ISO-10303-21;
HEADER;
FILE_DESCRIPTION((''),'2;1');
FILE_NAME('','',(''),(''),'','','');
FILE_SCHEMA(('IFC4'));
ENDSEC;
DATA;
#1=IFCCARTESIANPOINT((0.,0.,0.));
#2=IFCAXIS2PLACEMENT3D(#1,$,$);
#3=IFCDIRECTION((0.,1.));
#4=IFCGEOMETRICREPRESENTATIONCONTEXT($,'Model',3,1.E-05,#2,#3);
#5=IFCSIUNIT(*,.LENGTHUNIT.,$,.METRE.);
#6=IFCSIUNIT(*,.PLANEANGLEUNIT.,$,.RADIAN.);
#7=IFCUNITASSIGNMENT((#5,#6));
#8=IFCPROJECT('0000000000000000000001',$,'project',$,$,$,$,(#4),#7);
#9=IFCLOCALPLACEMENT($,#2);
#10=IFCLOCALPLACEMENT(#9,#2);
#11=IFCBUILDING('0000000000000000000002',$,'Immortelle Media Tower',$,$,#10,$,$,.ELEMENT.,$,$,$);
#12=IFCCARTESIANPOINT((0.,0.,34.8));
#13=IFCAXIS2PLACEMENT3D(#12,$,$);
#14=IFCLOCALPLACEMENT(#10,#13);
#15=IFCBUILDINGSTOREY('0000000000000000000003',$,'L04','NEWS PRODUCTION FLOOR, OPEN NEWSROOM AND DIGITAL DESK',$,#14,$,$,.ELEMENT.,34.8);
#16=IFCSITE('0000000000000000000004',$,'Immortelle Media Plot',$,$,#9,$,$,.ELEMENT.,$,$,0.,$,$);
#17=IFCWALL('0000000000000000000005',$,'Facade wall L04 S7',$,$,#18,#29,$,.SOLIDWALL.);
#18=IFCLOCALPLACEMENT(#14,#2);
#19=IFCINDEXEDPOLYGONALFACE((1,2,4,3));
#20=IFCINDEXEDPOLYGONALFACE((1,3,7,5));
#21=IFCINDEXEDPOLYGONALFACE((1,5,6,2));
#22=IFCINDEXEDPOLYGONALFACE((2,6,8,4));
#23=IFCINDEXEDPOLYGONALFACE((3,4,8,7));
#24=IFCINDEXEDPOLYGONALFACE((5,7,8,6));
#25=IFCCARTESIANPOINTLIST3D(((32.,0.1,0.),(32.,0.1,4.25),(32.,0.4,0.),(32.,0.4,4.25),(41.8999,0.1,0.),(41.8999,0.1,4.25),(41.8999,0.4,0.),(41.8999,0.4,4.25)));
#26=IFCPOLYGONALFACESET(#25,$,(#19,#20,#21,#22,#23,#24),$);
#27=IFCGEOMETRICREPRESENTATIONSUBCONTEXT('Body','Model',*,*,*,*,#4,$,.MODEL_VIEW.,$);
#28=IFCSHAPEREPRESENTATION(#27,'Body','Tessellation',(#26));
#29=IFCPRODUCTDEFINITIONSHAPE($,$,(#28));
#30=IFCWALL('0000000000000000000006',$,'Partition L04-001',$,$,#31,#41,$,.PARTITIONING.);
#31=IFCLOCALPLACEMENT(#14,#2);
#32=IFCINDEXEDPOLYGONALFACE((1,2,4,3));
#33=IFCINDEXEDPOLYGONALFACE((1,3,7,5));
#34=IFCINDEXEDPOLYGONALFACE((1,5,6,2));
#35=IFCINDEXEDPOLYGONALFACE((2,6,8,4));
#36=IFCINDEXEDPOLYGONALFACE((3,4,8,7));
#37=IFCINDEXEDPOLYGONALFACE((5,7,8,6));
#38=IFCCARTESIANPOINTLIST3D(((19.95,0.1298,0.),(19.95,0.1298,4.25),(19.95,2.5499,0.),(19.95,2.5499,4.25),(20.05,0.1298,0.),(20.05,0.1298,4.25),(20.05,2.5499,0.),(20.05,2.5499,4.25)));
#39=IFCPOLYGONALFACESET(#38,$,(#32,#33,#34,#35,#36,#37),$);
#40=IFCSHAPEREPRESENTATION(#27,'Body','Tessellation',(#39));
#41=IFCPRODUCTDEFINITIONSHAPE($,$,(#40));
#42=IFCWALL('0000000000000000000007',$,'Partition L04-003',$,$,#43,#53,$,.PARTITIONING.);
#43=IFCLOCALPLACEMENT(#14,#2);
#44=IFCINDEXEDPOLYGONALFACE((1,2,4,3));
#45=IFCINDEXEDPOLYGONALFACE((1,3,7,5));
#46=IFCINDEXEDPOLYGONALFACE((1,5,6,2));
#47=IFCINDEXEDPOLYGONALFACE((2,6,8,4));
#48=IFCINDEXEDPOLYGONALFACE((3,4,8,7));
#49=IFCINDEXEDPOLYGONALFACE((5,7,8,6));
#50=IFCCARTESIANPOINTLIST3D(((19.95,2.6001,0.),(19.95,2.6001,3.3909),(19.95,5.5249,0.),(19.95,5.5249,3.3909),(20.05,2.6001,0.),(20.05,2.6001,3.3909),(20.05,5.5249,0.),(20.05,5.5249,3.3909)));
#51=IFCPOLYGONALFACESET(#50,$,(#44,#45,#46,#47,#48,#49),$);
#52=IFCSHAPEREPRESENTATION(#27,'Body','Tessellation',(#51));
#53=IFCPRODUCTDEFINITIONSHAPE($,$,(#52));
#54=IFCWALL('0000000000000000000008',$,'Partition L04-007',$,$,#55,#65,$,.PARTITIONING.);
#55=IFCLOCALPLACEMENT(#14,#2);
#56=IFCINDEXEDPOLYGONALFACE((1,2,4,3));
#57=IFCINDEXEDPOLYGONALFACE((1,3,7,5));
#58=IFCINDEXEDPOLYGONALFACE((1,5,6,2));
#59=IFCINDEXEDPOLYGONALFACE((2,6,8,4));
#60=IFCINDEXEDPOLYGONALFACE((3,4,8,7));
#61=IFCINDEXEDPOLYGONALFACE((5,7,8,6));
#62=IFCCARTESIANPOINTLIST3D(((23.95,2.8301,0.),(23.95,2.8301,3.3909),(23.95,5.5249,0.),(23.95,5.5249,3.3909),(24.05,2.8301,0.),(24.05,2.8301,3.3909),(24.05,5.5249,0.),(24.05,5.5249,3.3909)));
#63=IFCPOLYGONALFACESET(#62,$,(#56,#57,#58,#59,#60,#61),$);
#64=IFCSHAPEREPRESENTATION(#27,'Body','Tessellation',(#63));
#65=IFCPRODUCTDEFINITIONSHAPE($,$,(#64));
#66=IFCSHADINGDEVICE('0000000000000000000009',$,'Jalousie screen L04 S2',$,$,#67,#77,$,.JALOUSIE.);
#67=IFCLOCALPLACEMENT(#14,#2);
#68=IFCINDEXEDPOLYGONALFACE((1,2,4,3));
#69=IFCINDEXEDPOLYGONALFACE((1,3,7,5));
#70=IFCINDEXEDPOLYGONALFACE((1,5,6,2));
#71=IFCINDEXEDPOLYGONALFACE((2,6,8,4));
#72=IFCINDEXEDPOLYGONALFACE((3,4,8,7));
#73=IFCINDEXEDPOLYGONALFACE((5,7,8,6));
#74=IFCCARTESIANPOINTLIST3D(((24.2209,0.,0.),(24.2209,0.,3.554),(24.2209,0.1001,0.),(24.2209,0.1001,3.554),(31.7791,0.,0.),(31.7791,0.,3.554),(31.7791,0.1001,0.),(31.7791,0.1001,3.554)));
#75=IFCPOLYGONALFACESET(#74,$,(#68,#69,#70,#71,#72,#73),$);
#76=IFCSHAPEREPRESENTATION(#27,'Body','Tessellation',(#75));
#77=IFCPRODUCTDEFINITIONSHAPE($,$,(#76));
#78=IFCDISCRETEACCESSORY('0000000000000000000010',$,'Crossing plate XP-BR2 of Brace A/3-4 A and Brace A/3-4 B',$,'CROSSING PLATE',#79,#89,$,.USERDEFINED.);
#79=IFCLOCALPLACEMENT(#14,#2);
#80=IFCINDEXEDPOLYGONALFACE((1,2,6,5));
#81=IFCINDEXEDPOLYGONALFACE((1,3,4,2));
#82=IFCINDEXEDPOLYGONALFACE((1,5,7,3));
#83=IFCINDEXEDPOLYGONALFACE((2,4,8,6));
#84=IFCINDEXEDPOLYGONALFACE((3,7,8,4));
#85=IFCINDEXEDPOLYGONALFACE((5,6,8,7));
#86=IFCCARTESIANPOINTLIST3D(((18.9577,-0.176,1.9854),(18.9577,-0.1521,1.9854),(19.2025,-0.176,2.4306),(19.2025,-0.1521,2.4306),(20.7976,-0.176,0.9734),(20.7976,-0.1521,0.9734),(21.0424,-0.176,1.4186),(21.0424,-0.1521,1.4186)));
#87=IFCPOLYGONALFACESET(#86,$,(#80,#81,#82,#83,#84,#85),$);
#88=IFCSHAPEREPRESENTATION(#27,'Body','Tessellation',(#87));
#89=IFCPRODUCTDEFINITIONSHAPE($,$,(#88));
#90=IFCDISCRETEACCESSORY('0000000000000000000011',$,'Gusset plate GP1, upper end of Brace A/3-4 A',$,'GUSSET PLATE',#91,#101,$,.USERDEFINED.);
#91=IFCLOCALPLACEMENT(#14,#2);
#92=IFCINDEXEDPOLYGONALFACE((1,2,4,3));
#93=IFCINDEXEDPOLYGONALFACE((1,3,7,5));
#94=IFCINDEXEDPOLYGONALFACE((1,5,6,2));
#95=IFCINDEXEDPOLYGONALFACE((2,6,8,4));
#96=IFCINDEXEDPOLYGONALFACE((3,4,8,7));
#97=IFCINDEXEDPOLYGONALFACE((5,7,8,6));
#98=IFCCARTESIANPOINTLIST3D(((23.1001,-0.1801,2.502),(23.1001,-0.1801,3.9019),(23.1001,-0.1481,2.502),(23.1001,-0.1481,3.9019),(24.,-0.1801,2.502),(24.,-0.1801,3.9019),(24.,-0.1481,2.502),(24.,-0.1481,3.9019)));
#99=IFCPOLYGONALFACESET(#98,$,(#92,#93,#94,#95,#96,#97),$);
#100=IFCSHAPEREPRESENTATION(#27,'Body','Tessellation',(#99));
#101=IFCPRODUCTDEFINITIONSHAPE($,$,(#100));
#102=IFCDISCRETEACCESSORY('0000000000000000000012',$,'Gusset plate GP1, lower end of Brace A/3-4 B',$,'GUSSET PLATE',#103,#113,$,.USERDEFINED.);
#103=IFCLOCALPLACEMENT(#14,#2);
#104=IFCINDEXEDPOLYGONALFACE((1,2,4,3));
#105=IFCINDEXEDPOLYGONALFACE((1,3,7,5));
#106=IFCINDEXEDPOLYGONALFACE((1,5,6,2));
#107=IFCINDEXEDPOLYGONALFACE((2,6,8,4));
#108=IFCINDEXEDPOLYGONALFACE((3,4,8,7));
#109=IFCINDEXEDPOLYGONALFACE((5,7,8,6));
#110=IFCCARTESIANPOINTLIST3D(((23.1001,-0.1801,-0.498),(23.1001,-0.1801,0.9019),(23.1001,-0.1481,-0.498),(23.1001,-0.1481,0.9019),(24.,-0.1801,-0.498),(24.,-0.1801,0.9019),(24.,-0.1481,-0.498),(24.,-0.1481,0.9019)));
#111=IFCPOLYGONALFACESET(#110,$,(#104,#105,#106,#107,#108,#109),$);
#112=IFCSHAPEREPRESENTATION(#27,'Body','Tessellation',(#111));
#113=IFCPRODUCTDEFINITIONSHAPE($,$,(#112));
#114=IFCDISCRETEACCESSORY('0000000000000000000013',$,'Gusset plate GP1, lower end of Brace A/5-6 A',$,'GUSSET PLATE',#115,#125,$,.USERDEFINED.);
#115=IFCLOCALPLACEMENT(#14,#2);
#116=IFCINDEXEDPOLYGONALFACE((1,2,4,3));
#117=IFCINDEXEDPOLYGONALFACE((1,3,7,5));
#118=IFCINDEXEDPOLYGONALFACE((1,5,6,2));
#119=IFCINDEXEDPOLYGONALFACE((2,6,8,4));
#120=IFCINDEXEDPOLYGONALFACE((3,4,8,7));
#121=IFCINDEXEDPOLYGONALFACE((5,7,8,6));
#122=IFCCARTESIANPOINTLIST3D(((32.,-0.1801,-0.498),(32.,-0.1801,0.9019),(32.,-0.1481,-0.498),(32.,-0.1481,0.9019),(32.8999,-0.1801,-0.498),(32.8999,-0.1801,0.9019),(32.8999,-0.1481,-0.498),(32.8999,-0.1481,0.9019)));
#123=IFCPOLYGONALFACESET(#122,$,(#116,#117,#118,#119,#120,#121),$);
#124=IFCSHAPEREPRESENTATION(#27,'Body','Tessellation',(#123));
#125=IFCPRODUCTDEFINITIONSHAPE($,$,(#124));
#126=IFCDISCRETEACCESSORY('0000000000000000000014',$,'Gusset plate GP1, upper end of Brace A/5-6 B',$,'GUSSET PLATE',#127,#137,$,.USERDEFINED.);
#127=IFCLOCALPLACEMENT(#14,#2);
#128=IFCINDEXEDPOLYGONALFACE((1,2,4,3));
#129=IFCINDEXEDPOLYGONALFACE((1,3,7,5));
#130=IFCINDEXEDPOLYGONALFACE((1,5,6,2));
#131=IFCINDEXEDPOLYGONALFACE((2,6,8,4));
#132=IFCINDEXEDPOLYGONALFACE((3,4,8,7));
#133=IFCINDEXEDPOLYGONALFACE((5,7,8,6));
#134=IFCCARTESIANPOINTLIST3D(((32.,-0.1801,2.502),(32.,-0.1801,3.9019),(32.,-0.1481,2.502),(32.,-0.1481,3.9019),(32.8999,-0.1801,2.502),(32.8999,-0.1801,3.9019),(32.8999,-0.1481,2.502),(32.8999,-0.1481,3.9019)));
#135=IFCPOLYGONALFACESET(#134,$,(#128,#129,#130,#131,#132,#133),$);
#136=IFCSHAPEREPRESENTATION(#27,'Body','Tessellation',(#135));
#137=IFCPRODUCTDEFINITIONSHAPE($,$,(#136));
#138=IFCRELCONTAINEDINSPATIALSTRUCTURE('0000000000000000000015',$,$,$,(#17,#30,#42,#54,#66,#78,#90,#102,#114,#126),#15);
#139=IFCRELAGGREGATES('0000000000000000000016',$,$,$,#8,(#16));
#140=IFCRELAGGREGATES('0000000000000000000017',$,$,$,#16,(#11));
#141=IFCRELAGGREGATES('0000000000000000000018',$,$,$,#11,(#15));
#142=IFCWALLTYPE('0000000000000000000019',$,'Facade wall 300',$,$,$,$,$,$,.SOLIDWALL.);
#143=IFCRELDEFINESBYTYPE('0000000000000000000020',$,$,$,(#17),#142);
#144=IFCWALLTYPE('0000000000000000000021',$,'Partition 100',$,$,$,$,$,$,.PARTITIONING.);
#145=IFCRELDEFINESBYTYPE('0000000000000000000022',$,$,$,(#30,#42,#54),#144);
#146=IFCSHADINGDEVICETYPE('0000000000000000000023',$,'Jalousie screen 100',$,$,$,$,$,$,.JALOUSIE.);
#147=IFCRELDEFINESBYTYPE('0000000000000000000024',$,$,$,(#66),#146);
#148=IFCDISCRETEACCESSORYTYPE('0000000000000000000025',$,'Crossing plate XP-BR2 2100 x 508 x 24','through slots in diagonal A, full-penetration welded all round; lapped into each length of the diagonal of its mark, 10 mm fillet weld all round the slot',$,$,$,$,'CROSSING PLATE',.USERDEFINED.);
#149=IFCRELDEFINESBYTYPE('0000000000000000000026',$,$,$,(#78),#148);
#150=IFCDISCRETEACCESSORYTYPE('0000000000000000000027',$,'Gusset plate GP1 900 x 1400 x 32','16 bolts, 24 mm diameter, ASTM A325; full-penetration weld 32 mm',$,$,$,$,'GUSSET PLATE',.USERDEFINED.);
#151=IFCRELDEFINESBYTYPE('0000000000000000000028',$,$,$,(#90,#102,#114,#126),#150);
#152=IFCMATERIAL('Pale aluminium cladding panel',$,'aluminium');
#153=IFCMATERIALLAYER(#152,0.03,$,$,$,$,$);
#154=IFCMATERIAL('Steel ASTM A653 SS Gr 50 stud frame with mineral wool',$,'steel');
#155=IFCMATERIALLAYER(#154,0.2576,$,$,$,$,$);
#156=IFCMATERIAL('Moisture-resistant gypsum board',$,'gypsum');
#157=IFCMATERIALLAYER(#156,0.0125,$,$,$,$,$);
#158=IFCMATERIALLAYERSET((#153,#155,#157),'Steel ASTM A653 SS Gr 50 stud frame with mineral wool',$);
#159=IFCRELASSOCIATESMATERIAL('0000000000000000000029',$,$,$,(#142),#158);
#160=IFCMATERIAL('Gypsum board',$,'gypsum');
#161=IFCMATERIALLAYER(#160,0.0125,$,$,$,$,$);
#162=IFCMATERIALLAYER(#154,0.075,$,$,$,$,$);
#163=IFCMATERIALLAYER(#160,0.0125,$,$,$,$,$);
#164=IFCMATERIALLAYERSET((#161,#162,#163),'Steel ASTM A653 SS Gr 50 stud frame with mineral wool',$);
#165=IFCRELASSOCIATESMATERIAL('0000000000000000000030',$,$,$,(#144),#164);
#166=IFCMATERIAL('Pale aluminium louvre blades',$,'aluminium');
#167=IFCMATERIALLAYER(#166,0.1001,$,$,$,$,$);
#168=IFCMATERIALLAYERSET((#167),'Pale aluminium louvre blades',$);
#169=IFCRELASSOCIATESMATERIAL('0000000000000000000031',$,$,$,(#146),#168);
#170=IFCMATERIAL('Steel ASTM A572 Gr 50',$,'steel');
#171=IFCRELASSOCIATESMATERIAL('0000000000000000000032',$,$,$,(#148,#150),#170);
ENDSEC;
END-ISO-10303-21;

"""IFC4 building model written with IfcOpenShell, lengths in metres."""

from ifc_helpers import new_model, si_unit, direction, frame, frame_2d, origin, origin_2d, place, context, subcontext, project, spatial, rectangle, extrude, material, layer, layer_set, material_profile, profile_set, type_object, element, save


model = new_model("IFC4")

# Units and contexts
model_context = context("Model", 3, precision=1e-05, world=origin(), true_north=direction((0.0, 1.0)))
body_context = subcontext(model_context, "Body", "Model", "MODEL_VIEW")
ifc_project = project(units=[si_unit("LENGTHUNIT", "METRE"), si_unit("PLANEANGLEUNIT", "RADIAN")], contexts=[model_context])

# Site, building, storey
site_placement = place(None, origin())
site = spatial("IfcSite", under=ifc_project, at=site_placement, Name="Immortelle Media Plot", CompositionType="ELEMENT", RefElevation=0.0)
building_placement = place(site_placement, origin())
building = spatial("IfcBuilding", under=site, at=building_placement, Name="Immortelle Media Tower", CompositionType="ELEMENT")
storey_placement = place(building_placement, frame((0.0, 0.0, 34.8)))
storey = spatial("IfcBuildingStorey", under=building, at=storey_placement, Name="L04", Description="NEWS PRODUCTION FLOOR, OPEN NEWSROOM AND DIGITAL DESK", CompositionType="ELEMENT", Elevation=34.8)

# Shared definitions
ifc_material_1 = material(Name="Steel ASTM A653 SS Gr 50 stud frame with mineral wool", Category="steel")

# Shared definitions
ifc_material_2 = material(Name="Pale aluminium cladding panel", Category="aluminium")
ifc_layer_1 = layer(ifc_material_2, 0.03)
ifc_layer_2 = layer(ifc_material_1, 0.2576)
ifc_material_3 = material(Name="Moisture-resistant gypsum board", Category="gypsum")
ifc_layer_3 = layer(ifc_material_3, 0.0125)
ifc_layer_set_1 = layer_set([ifc_layer_1, ifc_layer_2, ifc_layer_3], Name="Steel ASTM A653 SS Gr 50 stud frame with mineral wool")
wall_type_1 = type_object("IfcWallType", Name="Facade wall 300", PredefinedType="SOLIDWALL", material=ifc_layer_set_1)

# Walls
wall_1_placement = place(storey_placement, frame((32.0, 0.25, 0.0), z_axis=(0.0, 0.0, 1.0), x_axis=(1.0, 0.0, 0.0)))
element("IfcWall", 1, at=wall_1_placement, inside=storey, type_object=wall_type_1, Name="Facade wall L04 S7", PredefinedType="SOLIDWALL", context=body_context, shape_type="SweptSolid", body=[
    extrude(rectangle(XDim=9.8999, YDim=0.3, at=frame_2d((4.95, 0.0))), origin(), (0.0, 0.0, 1.0), 4.25),
])
ifc_material_4 = material(Name="Gypsum board", Category="gypsum")
ifc_layer_4 = layer(ifc_material_4, 0.0125)
ifc_layer_5 = layer(ifc_material_1, 0.075)
ifc_layer_6 = layer(ifc_material_4, 0.0125)
ifc_layer_set_2 = layer_set([ifc_layer_4, ifc_layer_5, ifc_layer_6], Name="Steel ASTM A653 SS Gr 50 stud frame with mineral wool")
wall_type_2 = type_object("IfcWallType", Name="Partition 100", PredefinedType="PARTITIONING", material=ifc_layer_set_2)
wall_2_placement = place(storey_placement, frame((20.0, 0.1299, 0.0), z_axis=(0.0, 0.0, 1.0), x_axis=(0.0, 1.0, 0.0)))
element("IfcWall", 2, at=wall_2_placement, inside=storey, type_object=wall_type_2, Name="Partition L04-001", PredefinedType="PARTITIONING", context=body_context, shape_type="SweptSolid", body=[
    extrude(rectangle(XDim=2.4202, YDim=0.1001, at=frame_2d((1.21, 0.0))), origin(), (0.0, 0.0, 1.0), 4.25),
])
wall_3_placement = place(storey_placement, frame((20.0, 2.6001, 0.0), z_axis=(0.0, 0.0, 1.0), x_axis=(0.0, 1.0, 0.0)))
element("IfcWall", 3, at=wall_3_placement, inside=storey, type_object=wall_type_2, Name="Partition L04-003", PredefinedType="PARTITIONING", context=body_context, shape_type="SweptSolid", body=[
    extrude(rectangle(XDim=2.9248, YDim=0.1001, at=frame_2d((1.4624, 0.0))), origin(), (0.0, 0.0, 1.0), 3.3909),
])
wall_4_placement = place(storey_placement, frame((24.0, 2.8301, 0.0), z_axis=(0.0, 0.0, 1.0), x_axis=(0.0, 1.0, 0.0)))
element("IfcWall", 4, at=wall_4_placement, inside=storey, type_object=wall_type_2, Name="Partition L04-007", PredefinedType="PARTITIONING", context=body_context, shape_type="SweptSolid", body=[
    extrude(rectangle(XDim=2.6948, YDim=0.1001, at=frame_2d((1.3474, 0.0))), origin(), (0.0, 0.0, 1.0), 3.3909),
])

# Shading device
ifc_material_5 = material(Name="Pale aluminium louvre blades", Category="aluminium")
ifc_layer_7 = layer(ifc_material_5, 0.1001)
ifc_layer_set_3 = layer_set([ifc_layer_7], Name="Pale aluminium louvre blades")
shading_device_type = type_object("IfcShadingDeviceType", Name="Jalousie screen 100", PredefinedType="JALOUSIE", material=ifc_layer_set_3)
shading_device_placement = place(storey_placement, frame((28.0, 0.05, 0.0), z_axis=(0.0, 0.0, 1.0), x_axis=(1.0, 0.0, 0.0)))
element("IfcShadingDevice", 5, at=shading_device_placement, inside=storey, type_object=shading_device_type, Name="Jalousie screen L04 S2", PredefinedType="JALOUSIE", context=body_context, shape_type="SweptSolid", body=[
    extrude(rectangle(XDim=7.5581, YDim=0.1001, at=origin_2d()), origin(), (0.0, 0.0, 1.0), 3.554),
])

# Discrete accessories
ifc_material_6 = material(Name="Steel ASTM A572 Gr 50", Category="steel")
ifc_material_profile_1 = material_profile(ifc_material_6, rectangle(XDim=0.0239, YDim=0.5081, at=origin_2d()), Name="PL 24 x 508")
ifc_profile_set_1 = profile_set([ifc_material_profile_1], Name="Steel ASTM A572 Gr 50")
discrete_accessory_type_1 = type_object("IfcDiscreteAccessoryType", Name="Crossing plate XP-BR2 2100 x 508 x 24", Description="through slots in diagonal A, full-penetration welded all round; lapped into each length of the diagonal of its mark, 10 mm fillet weld all round the slot", ElementType="CROSSING PLATE", PredefinedType="USERDEFINED", material=ifc_profile_set_1)
discrete_accessory_placement = place(storey_placement, frame((19.0801, -0.1641, 2.208), z_axis=(0.876206, 0.0, -0.481937), x_axis=(0.0, 1.0, 0.0)))
element("IfcDiscreteAccessory", 6, at=discrete_accessory_placement, inside=storey, type_object=discrete_accessory_type_1, Name="Crossing plate XP-BR2 of Brace A/3-4 A and Brace A/3-4 B", ObjectType="CROSSING PLATE", PredefinedType="USERDEFINED", context=body_context, shape_type="SweptSolid", body=[
    extrude(rectangle(XDim=0.0239, YDim=0.5081, at=origin_2d()), origin(), (0.0, 0.0, 1.0), 2.0999),
])
ifc_material_profile_2 = material_profile(ifc_material_6, rectangle(XDim=0.032, YDim=1.3999, at=origin_2d()), Name="PL 32 x 1400")
ifc_profile_set_2 = profile_set([ifc_material_profile_2], Name="Steel ASTM A572 Gr 50")
discrete_accessory_type_2 = type_object("IfcDiscreteAccessoryType", Name="Gusset plate GP1 900 x 1400 x 32", Description="16 bolts, 24 mm diameter, ASTM A325; full-penetration weld 32 mm", ElementType="GUSSET PLATE", PredefinedType="USERDEFINED", material=ifc_profile_set_2)
for number, where, z_axis, x_axis, name in (
    (7, (24.0, -0.1641, 3.2019), (-1.0, 0.0, 0.0), (0.0, -1.0, 0.0), "Gusset plate GP1, upper end of Brace A/3-4 A"),
    (8, (24.0, -0.1641, 0.2019), (-1.0, 0.0, 0.0), (0.0, -1.0, 0.0), "Gusset plate GP1, lower end of Brace A/3-4 B"),
    (9, (32.0, -0.1641, 0.2019), (1.0, 0.0, 0.0), (0.0, 1.0, 0.0), "Gusset plate GP1, lower end of Brace A/5-6 A"),
    (10, (32.0, -0.1641, 3.2019), (1.0, 0.0, 0.0), (0.0, 1.0, 0.0), "Gusset plate GP1, upper end of Brace A/5-6 B"),
):
    element("IfcDiscreteAccessory", number, at=place(storey_placement, frame(where, z_axis=z_axis, x_axis=x_axis)), inside=storey, type_object=discrete_accessory_type_2, Name=name, ObjectType="GUSSET PLATE", PredefinedType="USERDEFINED", context=body_context, shape_type="SweptSolid", body=[
        extrude(rectangle(XDim=0.032, YDim=1.3999, at=origin_2d()), origin(), (0.0, 0.0, 1.0), 0.8999),
    ])

save(model, "model.ifc")
